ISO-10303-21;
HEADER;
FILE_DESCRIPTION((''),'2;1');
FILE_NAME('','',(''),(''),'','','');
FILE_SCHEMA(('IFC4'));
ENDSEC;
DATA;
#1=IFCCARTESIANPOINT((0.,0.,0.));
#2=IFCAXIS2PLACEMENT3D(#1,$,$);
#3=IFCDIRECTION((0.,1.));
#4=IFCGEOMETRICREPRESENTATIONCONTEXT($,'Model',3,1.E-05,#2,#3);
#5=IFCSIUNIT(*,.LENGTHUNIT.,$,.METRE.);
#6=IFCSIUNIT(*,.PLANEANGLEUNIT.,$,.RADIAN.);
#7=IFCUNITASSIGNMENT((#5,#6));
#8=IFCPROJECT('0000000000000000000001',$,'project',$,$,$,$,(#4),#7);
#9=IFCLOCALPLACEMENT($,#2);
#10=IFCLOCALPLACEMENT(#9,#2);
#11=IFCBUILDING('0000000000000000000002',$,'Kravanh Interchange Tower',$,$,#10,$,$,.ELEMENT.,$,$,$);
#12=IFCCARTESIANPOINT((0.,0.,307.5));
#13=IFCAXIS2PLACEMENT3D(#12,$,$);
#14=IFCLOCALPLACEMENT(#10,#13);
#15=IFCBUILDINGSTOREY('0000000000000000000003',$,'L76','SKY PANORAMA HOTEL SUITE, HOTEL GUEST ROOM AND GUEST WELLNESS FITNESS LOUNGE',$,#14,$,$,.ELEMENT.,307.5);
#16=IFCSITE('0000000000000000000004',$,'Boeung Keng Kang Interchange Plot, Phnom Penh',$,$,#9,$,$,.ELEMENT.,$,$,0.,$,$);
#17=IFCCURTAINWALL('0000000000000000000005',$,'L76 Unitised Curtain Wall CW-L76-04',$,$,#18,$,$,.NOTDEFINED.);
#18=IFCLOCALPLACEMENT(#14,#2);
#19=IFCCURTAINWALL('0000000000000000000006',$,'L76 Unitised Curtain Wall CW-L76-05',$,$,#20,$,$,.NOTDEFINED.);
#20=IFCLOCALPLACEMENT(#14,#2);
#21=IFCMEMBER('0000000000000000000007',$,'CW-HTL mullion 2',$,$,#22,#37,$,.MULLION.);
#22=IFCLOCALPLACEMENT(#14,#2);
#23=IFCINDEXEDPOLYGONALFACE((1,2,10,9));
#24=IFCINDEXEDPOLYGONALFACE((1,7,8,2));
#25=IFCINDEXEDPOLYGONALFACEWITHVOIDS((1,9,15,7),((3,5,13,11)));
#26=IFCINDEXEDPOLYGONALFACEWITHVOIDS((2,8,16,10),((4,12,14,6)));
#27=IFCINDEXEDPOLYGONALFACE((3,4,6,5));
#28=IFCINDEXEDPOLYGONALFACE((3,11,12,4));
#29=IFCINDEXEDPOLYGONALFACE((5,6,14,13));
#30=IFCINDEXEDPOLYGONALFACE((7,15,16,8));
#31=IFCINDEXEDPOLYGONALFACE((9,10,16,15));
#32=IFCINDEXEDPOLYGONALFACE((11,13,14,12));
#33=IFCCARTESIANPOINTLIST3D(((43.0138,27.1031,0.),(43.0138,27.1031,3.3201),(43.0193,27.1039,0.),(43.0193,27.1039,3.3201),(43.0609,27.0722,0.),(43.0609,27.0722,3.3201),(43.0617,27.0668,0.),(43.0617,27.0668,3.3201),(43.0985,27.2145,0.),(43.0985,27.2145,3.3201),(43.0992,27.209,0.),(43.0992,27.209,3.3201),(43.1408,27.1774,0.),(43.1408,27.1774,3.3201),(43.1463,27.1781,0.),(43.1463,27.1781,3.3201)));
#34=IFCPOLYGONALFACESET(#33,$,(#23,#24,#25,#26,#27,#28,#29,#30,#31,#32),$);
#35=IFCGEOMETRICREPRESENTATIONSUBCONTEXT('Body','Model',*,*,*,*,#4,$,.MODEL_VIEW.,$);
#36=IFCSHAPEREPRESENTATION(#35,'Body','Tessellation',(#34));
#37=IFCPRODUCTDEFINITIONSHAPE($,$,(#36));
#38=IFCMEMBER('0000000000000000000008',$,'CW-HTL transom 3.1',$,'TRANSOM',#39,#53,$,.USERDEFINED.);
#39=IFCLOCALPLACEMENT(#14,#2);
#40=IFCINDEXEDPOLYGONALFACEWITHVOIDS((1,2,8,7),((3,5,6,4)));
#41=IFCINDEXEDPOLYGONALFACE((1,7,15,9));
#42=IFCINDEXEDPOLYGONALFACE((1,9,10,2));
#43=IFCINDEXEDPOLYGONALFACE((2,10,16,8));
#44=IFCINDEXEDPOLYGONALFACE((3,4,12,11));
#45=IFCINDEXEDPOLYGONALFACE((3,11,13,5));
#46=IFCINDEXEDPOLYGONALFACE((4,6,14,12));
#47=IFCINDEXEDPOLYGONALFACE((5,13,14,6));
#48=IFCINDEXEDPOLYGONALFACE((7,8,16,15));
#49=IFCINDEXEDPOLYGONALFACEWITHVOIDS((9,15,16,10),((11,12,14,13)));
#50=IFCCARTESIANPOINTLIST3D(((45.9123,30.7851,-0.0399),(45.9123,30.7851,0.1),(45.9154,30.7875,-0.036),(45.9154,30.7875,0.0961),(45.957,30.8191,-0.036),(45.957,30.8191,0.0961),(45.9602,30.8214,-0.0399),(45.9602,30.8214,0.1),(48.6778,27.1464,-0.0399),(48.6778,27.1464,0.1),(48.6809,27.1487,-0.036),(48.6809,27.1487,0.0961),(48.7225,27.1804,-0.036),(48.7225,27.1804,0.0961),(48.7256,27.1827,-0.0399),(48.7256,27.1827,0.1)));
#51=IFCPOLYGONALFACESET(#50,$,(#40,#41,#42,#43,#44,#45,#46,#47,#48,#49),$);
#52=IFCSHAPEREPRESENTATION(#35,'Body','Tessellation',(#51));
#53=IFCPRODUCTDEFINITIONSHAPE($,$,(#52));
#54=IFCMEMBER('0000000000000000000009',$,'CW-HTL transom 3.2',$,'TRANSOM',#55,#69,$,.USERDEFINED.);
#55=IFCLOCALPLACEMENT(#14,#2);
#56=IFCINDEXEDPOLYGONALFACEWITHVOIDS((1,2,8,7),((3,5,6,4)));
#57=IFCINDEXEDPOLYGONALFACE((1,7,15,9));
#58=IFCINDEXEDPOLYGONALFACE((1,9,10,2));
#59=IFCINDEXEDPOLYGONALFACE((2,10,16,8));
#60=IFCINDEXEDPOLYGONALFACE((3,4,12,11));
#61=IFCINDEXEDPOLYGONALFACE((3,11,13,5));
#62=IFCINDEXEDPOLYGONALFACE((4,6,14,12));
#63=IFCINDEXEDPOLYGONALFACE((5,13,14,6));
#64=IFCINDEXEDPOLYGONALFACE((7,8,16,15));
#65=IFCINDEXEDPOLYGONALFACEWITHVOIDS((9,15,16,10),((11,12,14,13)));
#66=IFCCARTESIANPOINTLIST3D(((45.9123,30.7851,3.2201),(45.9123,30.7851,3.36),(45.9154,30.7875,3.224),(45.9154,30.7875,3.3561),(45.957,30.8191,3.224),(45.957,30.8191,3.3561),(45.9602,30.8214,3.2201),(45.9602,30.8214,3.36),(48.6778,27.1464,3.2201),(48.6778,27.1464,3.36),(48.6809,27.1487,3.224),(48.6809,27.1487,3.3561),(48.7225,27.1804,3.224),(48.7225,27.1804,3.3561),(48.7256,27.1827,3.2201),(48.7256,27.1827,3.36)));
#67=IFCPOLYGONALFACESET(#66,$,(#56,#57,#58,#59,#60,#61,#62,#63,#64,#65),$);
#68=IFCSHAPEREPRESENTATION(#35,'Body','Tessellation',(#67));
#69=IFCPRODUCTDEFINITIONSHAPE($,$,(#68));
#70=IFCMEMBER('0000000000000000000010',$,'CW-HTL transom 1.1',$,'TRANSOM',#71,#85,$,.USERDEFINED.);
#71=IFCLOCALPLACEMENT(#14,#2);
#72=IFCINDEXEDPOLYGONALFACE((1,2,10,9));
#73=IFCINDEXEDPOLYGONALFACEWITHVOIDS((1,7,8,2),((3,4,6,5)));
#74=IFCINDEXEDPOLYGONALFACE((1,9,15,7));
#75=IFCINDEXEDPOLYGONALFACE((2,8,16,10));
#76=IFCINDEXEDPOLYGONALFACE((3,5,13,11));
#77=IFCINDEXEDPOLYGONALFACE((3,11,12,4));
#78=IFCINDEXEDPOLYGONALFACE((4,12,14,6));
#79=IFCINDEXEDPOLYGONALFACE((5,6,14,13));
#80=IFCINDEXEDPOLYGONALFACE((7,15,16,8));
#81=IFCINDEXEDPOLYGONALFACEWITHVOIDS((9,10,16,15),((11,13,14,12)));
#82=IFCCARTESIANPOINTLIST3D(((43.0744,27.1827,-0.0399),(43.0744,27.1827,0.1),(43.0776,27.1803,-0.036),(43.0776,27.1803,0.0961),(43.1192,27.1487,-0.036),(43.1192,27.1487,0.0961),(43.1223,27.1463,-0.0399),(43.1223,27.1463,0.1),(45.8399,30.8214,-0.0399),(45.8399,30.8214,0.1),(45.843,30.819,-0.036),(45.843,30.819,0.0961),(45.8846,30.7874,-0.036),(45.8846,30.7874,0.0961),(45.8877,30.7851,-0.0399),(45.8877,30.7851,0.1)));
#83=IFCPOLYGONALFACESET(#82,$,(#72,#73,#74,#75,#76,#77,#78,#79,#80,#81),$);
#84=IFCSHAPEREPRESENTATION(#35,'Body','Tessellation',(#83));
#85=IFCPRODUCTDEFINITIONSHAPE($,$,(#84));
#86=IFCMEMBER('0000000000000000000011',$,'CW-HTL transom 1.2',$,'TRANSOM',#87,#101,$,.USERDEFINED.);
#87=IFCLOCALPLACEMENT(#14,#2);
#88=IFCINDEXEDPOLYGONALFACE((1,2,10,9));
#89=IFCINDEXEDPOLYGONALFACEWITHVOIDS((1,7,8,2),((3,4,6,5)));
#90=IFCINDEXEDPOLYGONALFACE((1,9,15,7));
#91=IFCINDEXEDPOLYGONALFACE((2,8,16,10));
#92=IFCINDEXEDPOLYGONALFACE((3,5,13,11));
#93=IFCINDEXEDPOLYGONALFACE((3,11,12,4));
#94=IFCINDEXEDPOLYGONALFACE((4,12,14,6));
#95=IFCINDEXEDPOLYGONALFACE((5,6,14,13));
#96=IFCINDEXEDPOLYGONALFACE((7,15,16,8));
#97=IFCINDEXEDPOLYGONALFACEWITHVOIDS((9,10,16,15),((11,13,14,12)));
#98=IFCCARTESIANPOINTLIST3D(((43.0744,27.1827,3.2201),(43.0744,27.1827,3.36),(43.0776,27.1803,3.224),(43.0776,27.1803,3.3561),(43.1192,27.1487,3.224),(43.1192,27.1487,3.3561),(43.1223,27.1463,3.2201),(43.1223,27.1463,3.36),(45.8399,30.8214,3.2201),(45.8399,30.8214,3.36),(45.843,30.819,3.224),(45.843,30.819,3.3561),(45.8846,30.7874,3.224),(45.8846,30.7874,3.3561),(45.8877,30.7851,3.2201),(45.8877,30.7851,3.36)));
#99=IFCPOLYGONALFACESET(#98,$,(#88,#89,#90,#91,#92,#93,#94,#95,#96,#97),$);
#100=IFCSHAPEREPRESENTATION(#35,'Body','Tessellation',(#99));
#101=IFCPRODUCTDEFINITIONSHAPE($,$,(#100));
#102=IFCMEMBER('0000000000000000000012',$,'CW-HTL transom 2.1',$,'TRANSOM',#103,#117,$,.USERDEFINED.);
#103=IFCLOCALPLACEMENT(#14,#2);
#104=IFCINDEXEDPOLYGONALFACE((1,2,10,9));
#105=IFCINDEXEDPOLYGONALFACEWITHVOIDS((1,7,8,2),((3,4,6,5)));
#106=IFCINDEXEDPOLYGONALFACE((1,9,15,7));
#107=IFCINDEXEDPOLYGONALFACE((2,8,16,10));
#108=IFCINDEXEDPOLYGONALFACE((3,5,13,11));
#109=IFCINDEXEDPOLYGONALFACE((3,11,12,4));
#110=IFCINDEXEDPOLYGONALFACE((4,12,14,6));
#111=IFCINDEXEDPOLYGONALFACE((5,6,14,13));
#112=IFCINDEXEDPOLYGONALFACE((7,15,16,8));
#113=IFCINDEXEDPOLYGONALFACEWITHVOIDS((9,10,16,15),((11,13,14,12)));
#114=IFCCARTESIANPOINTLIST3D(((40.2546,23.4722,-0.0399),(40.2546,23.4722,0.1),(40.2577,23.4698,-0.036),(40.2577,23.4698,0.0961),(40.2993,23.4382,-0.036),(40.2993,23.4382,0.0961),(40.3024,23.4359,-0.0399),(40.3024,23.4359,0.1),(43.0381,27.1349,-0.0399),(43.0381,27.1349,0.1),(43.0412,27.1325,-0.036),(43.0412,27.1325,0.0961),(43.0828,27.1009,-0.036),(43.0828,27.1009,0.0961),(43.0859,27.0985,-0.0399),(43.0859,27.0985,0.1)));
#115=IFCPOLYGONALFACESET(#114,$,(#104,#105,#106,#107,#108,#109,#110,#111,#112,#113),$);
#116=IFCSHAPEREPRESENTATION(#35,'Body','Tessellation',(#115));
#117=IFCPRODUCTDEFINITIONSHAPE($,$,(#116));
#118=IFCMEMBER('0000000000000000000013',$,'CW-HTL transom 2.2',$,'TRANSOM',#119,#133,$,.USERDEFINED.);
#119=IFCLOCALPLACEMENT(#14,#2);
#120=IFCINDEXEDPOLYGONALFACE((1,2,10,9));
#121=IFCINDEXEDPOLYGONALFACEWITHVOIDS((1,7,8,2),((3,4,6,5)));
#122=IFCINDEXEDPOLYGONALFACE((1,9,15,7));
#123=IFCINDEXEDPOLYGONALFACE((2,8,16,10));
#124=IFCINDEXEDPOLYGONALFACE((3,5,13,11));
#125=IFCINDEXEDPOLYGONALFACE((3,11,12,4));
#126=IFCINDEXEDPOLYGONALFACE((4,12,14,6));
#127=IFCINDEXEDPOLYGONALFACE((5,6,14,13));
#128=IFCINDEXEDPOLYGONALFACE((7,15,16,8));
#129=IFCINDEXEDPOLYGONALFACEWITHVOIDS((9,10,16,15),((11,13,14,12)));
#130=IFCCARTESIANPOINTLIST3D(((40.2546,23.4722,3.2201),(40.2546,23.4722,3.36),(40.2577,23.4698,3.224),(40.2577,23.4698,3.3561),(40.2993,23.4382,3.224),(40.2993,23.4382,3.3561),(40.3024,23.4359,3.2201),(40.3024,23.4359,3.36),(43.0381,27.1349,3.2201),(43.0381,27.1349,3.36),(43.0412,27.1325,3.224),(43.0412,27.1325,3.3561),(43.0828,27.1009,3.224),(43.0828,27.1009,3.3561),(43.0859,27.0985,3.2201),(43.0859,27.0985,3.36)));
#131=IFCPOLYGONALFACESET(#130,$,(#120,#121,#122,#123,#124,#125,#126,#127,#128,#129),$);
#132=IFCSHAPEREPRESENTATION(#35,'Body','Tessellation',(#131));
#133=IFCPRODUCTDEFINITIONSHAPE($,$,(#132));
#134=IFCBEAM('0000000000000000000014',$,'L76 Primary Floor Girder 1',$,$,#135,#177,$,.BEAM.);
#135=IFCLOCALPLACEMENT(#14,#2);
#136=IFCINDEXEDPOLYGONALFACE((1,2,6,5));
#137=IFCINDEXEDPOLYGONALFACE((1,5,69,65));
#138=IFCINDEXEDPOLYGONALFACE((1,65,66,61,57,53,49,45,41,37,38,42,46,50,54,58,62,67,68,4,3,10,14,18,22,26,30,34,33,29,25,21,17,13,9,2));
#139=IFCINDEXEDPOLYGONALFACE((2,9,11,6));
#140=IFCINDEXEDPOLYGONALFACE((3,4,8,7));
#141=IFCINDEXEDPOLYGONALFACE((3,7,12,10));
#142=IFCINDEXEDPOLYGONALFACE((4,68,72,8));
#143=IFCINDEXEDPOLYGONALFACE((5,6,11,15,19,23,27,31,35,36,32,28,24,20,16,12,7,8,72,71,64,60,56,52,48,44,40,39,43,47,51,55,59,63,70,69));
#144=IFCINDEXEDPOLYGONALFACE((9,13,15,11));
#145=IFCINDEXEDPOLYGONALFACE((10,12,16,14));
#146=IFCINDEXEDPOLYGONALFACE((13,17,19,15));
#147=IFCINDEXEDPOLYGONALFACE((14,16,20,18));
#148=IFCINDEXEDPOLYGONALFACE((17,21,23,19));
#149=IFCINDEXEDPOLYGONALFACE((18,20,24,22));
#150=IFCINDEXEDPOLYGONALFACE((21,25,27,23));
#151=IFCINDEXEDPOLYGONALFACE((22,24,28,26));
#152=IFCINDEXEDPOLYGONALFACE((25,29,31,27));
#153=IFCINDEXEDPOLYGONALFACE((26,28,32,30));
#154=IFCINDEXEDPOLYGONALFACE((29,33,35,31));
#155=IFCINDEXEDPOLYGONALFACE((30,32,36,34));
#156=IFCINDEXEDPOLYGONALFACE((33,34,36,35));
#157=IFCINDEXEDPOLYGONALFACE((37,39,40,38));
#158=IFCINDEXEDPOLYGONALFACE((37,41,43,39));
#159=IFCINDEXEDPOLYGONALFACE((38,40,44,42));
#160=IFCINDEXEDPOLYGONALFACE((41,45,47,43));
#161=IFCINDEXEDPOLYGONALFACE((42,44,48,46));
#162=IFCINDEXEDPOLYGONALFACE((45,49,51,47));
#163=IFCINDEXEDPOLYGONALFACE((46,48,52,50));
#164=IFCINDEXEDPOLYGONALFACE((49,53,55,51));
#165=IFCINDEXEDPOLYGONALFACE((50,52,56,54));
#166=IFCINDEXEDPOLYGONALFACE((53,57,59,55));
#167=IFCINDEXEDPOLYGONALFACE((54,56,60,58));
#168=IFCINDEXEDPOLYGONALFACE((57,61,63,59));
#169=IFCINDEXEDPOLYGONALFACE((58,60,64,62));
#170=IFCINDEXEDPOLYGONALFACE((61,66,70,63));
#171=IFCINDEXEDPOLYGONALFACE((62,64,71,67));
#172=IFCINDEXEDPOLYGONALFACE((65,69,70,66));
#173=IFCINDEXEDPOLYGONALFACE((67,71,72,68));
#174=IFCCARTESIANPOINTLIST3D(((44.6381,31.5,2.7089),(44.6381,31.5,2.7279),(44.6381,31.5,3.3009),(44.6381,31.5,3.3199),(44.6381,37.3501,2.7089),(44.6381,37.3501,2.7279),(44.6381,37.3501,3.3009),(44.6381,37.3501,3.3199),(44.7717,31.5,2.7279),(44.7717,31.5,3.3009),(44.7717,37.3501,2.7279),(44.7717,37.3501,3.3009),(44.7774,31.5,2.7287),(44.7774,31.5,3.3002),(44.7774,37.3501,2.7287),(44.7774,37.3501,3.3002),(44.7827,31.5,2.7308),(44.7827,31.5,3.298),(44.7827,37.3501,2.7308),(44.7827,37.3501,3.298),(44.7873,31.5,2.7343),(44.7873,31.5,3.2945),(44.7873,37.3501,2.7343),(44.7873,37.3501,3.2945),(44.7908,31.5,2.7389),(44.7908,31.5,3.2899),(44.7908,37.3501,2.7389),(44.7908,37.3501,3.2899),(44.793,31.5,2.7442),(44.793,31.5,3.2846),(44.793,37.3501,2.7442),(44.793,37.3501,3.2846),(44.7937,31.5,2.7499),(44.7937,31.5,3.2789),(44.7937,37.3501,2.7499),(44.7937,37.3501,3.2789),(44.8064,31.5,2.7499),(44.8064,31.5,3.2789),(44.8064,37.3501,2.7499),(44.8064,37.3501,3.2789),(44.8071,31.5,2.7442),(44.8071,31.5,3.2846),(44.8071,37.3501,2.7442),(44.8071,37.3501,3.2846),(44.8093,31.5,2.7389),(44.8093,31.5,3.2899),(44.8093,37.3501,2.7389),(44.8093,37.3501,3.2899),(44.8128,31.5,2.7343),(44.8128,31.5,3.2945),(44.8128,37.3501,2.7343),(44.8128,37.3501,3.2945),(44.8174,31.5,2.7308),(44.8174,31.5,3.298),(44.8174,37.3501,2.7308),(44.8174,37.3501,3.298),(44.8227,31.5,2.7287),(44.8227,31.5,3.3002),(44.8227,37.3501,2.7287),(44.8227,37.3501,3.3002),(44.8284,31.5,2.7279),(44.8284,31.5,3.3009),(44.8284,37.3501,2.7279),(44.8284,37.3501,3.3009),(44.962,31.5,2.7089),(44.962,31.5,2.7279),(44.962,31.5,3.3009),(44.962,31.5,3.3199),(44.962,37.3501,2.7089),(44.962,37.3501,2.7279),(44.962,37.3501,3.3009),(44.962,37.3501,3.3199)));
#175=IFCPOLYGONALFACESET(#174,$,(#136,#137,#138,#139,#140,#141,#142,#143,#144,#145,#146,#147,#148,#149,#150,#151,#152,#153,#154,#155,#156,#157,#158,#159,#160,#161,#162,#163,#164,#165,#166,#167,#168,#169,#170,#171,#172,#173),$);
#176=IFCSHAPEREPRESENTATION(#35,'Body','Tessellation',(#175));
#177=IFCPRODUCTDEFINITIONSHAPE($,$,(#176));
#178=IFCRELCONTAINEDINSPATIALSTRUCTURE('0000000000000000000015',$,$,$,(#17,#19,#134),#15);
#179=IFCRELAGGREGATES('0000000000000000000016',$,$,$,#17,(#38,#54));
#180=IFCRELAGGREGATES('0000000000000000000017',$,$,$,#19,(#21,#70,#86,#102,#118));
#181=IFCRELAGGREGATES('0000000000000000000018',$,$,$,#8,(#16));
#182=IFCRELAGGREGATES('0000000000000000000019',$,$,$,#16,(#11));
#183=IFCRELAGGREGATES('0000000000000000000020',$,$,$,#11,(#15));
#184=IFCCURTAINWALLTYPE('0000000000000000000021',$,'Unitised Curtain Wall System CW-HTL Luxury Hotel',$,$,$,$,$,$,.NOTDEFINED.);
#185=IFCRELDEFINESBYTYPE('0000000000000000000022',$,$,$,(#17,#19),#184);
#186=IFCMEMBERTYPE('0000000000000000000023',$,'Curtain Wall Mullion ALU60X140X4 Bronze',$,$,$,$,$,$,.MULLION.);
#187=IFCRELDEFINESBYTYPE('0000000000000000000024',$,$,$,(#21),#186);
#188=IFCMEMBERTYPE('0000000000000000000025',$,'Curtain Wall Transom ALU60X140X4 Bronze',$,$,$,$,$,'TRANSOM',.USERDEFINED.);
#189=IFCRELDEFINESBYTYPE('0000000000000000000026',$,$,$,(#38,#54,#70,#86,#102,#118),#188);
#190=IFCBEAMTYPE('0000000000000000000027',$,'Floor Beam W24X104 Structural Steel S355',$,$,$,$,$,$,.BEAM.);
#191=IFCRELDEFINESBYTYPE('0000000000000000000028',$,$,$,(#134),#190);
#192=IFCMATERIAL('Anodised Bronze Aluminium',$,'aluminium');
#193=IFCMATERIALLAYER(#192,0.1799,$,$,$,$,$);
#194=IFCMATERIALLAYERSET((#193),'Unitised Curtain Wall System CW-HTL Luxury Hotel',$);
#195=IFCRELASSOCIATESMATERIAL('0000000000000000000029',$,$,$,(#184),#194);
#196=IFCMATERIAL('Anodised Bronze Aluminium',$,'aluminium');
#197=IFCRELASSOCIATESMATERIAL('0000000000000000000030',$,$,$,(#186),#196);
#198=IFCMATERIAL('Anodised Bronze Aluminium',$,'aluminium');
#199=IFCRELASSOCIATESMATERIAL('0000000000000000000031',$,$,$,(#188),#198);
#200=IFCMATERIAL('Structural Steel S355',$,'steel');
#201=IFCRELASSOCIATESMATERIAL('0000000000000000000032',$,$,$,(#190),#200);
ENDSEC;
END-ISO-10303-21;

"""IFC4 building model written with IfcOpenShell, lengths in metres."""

from ifc_helpers import new_model, si_unit, direction, frame, origin, origin_2d, place, context, subcontext, project, spatial, hollow_rectangle, i_section, extrude, material, layer, layer_set, material_profile, profile_set, type_object, element, aggregate, save


model = new_model("IFC4")

# Units and contexts
model_context = context("Model", 3, precision=1e-05, world=origin(), true_north=direction((0.0, 1.0)))
body_context = subcontext(model_context, "Body", "Model", "MODEL_VIEW")
ifc_project = project(units=[si_unit("LENGTHUNIT", "METRE"), si_unit("PLANEANGLEUNIT", "RADIAN")], contexts=[model_context])

# Site, building, storey
site_placement = place(None, origin())
site = spatial("IfcSite", under=ifc_project, at=site_placement, Name="Boeung Keng Kang Interchange Plot, Phnom Penh", CompositionType="ELEMENT", RefElevation=0.0)
building_placement = place(site_placement, origin())
building = spatial("IfcBuilding", under=site, at=building_placement, Name="Kravanh Interchange Tower", CompositionType="ELEMENT")
storey_placement = place(building_placement, frame((0.0, 0.0, 307.5)))
storey = spatial("IfcBuildingStorey", under=building, at=storey_placement, Name="L76", Description="SKY PANORAMA HOTEL SUITE, HOTEL GUEST ROOM AND GUEST WELLNESS FITNESS LOUNGE", CompositionType="ELEMENT", Elevation=307.5)

# Curtain walls, member
ifc_material_1 = material(Name="Anodised Bronze Aluminium", Category="aluminium")
ifc_layer_1 = layer(ifc_material_1, 0.1799)
ifc_layer_set_1 = layer_set([ifc_layer_1], Name="Unitised Curtain Wall System CW-HTL Luxury Hotel")
curtain_wall_type = type_object("IfcCurtainWallType", Name="Unitised Curtain Wall System CW-HTL Luxury Hotel", PredefinedType="NOTDEFINED", material=ifc_layer_set_1)
curtain_wall_1_placement = place(storey_placement, origin())
curtain_wall_1 = element("IfcCurtainWall", 1, at=curtain_wall_1_placement, inside=storey, type_object=curtain_wall_type, Name="L76 Unitised Curtain Wall CW-L76-04", PredefinedType="NOTDEFINED")
ifc_material_2 = material(Name="Anodised Bronze Aluminium", Category="aluminium")
ifc_material_profile_1 = material_profile(ifc_material_2, hollow_rectangle(XDim=0.0601, YDim=0.1399, WallThickness=0.0039, at=origin_2d()), Name="ALU60X140X4")
ifc_profile_set_1 = profile_set([ifc_material_profile_1], Name="Anodised Bronze Aluminium")
member_type_1 = type_object("IfcMemberType", Name="Curtain Wall Mullion ALU60X140X4 Bronze", PredefinedType="MULLION", material=ifc_profile_set_1)
curtain_wall_2_placement = place(storey_placement, origin())
curtain_wall_2 = element("IfcCurtainWall", 2, at=curtain_wall_2_placement, inside=storey, type_object=curtain_wall_type, Name="L76 Unitised Curtain Wall CW-L76-05", PredefinedType="NOTDEFINED")
member_1_placement = place(storey_placement, frame((43.0801, 27.1406, 0.0), z_axis=(0.0, 0.0, 1.0), x_axis=(0.796162, -0.605084, 0.0)))
member_1 = element("IfcMember", 3, at=member_1_placement, type_object=member_type_1, Name="CW-HTL mullion 2", PredefinedType="MULLION", context=body_context, shape_type="SweptSolid", body=[
    extrude(hollow_rectangle(XDim=0.0601, YDim=0.1399, WallThickness=0.0039, at=origin_2d()), origin(), (0.0, 0.0, 1.0), 3.3201),
])

# Members
ifc_material_3 = material(Name="Anodised Bronze Aluminium", Category="aluminium")
ifc_material_profile_2 = material_profile(ifc_material_3, hollow_rectangle(XDim=0.0601, YDim=0.1399, WallThickness=0.0039, at=origin_2d()), Name="ALU60X140X4")
ifc_profile_set_2 = profile_set([ifc_material_profile_2], Name="Anodised Bronze Aluminium")
member_type_2 = type_object("IfcMemberType", Name="Curtain Wall Transom ALU60X140X4 Bronze", ElementType="TRANSOM", PredefinedType="USERDEFINED", material=ifc_profile_set_2)
member_2_placement = place(storey_placement, frame((48.7017, 27.1646, 0.03), z_axis=(-0.605082, 0.796163, 0.0), x_axis=(-0.796163, -0.605082, 0.0)))
member_2 = element("IfcMember", 4, at=member_2_placement, type_object=member_type_2, Name="CW-HTL transom 3.1", ObjectType="TRANSOM", PredefinedType="USERDEFINED", context=body_context, shape_type="SweptSolid", body=[
    extrude(hollow_rectangle(XDim=0.0601, YDim=0.1399, WallThickness=0.0039, at=origin_2d()), origin(), (0.0, 0.0, 1.0), 4.5703),
])
member_3_placement = place(storey_placement, frame((48.7017, 27.1646, 3.29), z_axis=(-0.605082, 0.796163, 0.0), x_axis=(-0.796163, -0.605082, 0.0)))
member_3 = element("IfcMember", 5, at=member_3_placement, type_object=member_type_2, Name="CW-HTL transom 3.2", ObjectType="TRANSOM", PredefinedType="USERDEFINED", context=body_context, shape_type="SweptSolid", body=[
    extrude(hollow_rectangle(XDim=0.0601, YDim=0.1399, WallThickness=0.0039, at=origin_2d()), origin(), (0.0, 0.0, 1.0), 4.5703),
])
member_4_placement = place(storey_placement, frame((45.8638, 30.8032, 0.03), z_axis=(-0.605082, -0.796163, 0.0), x_axis=(0.796163, -0.605082, 0.0)))
member_4 = element("IfcMember", 6, at=member_4_placement, type_object=member_type_2, Name="CW-HTL transom 1.1", ObjectType="TRANSOM", PredefinedType="USERDEFINED", context=body_context, shape_type="SweptSolid", body=[
    extrude(hollow_rectangle(XDim=0.0601, YDim=0.1399, WallThickness=0.0039, at=origin_2d()), origin(), (0.0, 0.0, 1.0), 4.5703),
])
member_5_placement = place(storey_placement, frame((45.8638, 30.8032, 3.29), z_axis=(-0.605082, -0.796163, 0.0), x_axis=(0.796163, -0.605082, 0.0)))
member_5 = element("IfcMember", 7, at=member_5_placement, type_object=member_type_2, Name="CW-HTL transom 1.2", ObjectType="TRANSOM", PredefinedType="USERDEFINED", context=body_context, shape_type="SweptSolid", body=[
    extrude(hollow_rectangle(XDim=0.0601, YDim=0.1399, WallThickness=0.0039, at=origin_2d()), origin(), (0.0, 0.0, 1.0), 4.5703),
])
member_6_placement = place(storey_placement, frame((43.062, 27.1167, 0.03), z_axis=(-0.605066, -0.796175, 0.0), x_axis=(0.796175, -0.605066, 0.0)))
member_6 = element("IfcMember", 8, at=member_6_placement, type_object=member_type_2, Name="CW-HTL transom 2.1", ObjectType="TRANSOM", PredefinedType="USERDEFINED", context=body_context, shape_type="SweptSolid", body=[
    extrude(hollow_rectangle(XDim=0.0601, YDim=0.1399, WallThickness=0.0039, at=origin_2d()), origin(), (0.0, 0.0, 1.0), 4.6003),
])
member_7_placement = place(storey_placement, frame((43.062, 27.1167, 3.29), z_axis=(-0.605066, -0.796175, 0.0), x_axis=(0.796175, -0.605066, 0.0)))
member_7 = element("IfcMember", 9, at=member_7_placement, type_object=member_type_2, Name="CW-HTL transom 2.2", ObjectType="TRANSOM", PredefinedType="USERDEFINED", context=body_context, shape_type="SweptSolid", body=[
    extrude(hollow_rectangle(XDim=0.0601, YDim=0.1399, WallThickness=0.0039, at=origin_2d()), origin(), (0.0, 0.0, 1.0), 4.6003),
])

# Beam
ifc_material_4 = material(Name="Structural Steel S355", Category="steel")
ifc_material_profile_3 = material_profile(ifc_material_4, i_section(OverallWidth=0.324, OverallDepth=0.6111, WebThickness=0.0127, FlangeThickness=0.019, FilletRadius=0.022, at=origin_2d()), Name="W24X104")
ifc_profile_set_3 = profile_set([ifc_material_profile_3], Name="Structural Steel S355")
beam_type_1 = type_object("IfcBeamType", Name="Floor Beam W24X104 Structural Steel S355", PredefinedType="BEAM", material=ifc_profile_set_3)
beam_1_placement = place(storey_placement, frame((44.8, 31.5, 3.0144), z_axis=(0.0, 1.0, 0.0), x_axis=(-1.0, 0.0, 0.0)))
element("IfcBeam", 10, at=beam_1_placement, inside=storey, type_object=beam_type_1, Name="L76 Primary Floor Girder 1", PredefinedType="BEAM", context=body_context, shape_type="SweptSolid", body=[
    extrude(i_section(OverallWidth=0.324, OverallDepth=0.6111, WebThickness=0.0127, FlangeThickness=0.019, FilletRadius=0.022, at=origin_2d()), origin(), (0.0, 0.0, 1.0), 5.8501),
])

aggregate(curtain_wall_1, [member_2, member_3])
aggregate(curtain_wall_2, [member_1, member_4, member_5, member_6, member_7])

save(model, "model.ifc")
